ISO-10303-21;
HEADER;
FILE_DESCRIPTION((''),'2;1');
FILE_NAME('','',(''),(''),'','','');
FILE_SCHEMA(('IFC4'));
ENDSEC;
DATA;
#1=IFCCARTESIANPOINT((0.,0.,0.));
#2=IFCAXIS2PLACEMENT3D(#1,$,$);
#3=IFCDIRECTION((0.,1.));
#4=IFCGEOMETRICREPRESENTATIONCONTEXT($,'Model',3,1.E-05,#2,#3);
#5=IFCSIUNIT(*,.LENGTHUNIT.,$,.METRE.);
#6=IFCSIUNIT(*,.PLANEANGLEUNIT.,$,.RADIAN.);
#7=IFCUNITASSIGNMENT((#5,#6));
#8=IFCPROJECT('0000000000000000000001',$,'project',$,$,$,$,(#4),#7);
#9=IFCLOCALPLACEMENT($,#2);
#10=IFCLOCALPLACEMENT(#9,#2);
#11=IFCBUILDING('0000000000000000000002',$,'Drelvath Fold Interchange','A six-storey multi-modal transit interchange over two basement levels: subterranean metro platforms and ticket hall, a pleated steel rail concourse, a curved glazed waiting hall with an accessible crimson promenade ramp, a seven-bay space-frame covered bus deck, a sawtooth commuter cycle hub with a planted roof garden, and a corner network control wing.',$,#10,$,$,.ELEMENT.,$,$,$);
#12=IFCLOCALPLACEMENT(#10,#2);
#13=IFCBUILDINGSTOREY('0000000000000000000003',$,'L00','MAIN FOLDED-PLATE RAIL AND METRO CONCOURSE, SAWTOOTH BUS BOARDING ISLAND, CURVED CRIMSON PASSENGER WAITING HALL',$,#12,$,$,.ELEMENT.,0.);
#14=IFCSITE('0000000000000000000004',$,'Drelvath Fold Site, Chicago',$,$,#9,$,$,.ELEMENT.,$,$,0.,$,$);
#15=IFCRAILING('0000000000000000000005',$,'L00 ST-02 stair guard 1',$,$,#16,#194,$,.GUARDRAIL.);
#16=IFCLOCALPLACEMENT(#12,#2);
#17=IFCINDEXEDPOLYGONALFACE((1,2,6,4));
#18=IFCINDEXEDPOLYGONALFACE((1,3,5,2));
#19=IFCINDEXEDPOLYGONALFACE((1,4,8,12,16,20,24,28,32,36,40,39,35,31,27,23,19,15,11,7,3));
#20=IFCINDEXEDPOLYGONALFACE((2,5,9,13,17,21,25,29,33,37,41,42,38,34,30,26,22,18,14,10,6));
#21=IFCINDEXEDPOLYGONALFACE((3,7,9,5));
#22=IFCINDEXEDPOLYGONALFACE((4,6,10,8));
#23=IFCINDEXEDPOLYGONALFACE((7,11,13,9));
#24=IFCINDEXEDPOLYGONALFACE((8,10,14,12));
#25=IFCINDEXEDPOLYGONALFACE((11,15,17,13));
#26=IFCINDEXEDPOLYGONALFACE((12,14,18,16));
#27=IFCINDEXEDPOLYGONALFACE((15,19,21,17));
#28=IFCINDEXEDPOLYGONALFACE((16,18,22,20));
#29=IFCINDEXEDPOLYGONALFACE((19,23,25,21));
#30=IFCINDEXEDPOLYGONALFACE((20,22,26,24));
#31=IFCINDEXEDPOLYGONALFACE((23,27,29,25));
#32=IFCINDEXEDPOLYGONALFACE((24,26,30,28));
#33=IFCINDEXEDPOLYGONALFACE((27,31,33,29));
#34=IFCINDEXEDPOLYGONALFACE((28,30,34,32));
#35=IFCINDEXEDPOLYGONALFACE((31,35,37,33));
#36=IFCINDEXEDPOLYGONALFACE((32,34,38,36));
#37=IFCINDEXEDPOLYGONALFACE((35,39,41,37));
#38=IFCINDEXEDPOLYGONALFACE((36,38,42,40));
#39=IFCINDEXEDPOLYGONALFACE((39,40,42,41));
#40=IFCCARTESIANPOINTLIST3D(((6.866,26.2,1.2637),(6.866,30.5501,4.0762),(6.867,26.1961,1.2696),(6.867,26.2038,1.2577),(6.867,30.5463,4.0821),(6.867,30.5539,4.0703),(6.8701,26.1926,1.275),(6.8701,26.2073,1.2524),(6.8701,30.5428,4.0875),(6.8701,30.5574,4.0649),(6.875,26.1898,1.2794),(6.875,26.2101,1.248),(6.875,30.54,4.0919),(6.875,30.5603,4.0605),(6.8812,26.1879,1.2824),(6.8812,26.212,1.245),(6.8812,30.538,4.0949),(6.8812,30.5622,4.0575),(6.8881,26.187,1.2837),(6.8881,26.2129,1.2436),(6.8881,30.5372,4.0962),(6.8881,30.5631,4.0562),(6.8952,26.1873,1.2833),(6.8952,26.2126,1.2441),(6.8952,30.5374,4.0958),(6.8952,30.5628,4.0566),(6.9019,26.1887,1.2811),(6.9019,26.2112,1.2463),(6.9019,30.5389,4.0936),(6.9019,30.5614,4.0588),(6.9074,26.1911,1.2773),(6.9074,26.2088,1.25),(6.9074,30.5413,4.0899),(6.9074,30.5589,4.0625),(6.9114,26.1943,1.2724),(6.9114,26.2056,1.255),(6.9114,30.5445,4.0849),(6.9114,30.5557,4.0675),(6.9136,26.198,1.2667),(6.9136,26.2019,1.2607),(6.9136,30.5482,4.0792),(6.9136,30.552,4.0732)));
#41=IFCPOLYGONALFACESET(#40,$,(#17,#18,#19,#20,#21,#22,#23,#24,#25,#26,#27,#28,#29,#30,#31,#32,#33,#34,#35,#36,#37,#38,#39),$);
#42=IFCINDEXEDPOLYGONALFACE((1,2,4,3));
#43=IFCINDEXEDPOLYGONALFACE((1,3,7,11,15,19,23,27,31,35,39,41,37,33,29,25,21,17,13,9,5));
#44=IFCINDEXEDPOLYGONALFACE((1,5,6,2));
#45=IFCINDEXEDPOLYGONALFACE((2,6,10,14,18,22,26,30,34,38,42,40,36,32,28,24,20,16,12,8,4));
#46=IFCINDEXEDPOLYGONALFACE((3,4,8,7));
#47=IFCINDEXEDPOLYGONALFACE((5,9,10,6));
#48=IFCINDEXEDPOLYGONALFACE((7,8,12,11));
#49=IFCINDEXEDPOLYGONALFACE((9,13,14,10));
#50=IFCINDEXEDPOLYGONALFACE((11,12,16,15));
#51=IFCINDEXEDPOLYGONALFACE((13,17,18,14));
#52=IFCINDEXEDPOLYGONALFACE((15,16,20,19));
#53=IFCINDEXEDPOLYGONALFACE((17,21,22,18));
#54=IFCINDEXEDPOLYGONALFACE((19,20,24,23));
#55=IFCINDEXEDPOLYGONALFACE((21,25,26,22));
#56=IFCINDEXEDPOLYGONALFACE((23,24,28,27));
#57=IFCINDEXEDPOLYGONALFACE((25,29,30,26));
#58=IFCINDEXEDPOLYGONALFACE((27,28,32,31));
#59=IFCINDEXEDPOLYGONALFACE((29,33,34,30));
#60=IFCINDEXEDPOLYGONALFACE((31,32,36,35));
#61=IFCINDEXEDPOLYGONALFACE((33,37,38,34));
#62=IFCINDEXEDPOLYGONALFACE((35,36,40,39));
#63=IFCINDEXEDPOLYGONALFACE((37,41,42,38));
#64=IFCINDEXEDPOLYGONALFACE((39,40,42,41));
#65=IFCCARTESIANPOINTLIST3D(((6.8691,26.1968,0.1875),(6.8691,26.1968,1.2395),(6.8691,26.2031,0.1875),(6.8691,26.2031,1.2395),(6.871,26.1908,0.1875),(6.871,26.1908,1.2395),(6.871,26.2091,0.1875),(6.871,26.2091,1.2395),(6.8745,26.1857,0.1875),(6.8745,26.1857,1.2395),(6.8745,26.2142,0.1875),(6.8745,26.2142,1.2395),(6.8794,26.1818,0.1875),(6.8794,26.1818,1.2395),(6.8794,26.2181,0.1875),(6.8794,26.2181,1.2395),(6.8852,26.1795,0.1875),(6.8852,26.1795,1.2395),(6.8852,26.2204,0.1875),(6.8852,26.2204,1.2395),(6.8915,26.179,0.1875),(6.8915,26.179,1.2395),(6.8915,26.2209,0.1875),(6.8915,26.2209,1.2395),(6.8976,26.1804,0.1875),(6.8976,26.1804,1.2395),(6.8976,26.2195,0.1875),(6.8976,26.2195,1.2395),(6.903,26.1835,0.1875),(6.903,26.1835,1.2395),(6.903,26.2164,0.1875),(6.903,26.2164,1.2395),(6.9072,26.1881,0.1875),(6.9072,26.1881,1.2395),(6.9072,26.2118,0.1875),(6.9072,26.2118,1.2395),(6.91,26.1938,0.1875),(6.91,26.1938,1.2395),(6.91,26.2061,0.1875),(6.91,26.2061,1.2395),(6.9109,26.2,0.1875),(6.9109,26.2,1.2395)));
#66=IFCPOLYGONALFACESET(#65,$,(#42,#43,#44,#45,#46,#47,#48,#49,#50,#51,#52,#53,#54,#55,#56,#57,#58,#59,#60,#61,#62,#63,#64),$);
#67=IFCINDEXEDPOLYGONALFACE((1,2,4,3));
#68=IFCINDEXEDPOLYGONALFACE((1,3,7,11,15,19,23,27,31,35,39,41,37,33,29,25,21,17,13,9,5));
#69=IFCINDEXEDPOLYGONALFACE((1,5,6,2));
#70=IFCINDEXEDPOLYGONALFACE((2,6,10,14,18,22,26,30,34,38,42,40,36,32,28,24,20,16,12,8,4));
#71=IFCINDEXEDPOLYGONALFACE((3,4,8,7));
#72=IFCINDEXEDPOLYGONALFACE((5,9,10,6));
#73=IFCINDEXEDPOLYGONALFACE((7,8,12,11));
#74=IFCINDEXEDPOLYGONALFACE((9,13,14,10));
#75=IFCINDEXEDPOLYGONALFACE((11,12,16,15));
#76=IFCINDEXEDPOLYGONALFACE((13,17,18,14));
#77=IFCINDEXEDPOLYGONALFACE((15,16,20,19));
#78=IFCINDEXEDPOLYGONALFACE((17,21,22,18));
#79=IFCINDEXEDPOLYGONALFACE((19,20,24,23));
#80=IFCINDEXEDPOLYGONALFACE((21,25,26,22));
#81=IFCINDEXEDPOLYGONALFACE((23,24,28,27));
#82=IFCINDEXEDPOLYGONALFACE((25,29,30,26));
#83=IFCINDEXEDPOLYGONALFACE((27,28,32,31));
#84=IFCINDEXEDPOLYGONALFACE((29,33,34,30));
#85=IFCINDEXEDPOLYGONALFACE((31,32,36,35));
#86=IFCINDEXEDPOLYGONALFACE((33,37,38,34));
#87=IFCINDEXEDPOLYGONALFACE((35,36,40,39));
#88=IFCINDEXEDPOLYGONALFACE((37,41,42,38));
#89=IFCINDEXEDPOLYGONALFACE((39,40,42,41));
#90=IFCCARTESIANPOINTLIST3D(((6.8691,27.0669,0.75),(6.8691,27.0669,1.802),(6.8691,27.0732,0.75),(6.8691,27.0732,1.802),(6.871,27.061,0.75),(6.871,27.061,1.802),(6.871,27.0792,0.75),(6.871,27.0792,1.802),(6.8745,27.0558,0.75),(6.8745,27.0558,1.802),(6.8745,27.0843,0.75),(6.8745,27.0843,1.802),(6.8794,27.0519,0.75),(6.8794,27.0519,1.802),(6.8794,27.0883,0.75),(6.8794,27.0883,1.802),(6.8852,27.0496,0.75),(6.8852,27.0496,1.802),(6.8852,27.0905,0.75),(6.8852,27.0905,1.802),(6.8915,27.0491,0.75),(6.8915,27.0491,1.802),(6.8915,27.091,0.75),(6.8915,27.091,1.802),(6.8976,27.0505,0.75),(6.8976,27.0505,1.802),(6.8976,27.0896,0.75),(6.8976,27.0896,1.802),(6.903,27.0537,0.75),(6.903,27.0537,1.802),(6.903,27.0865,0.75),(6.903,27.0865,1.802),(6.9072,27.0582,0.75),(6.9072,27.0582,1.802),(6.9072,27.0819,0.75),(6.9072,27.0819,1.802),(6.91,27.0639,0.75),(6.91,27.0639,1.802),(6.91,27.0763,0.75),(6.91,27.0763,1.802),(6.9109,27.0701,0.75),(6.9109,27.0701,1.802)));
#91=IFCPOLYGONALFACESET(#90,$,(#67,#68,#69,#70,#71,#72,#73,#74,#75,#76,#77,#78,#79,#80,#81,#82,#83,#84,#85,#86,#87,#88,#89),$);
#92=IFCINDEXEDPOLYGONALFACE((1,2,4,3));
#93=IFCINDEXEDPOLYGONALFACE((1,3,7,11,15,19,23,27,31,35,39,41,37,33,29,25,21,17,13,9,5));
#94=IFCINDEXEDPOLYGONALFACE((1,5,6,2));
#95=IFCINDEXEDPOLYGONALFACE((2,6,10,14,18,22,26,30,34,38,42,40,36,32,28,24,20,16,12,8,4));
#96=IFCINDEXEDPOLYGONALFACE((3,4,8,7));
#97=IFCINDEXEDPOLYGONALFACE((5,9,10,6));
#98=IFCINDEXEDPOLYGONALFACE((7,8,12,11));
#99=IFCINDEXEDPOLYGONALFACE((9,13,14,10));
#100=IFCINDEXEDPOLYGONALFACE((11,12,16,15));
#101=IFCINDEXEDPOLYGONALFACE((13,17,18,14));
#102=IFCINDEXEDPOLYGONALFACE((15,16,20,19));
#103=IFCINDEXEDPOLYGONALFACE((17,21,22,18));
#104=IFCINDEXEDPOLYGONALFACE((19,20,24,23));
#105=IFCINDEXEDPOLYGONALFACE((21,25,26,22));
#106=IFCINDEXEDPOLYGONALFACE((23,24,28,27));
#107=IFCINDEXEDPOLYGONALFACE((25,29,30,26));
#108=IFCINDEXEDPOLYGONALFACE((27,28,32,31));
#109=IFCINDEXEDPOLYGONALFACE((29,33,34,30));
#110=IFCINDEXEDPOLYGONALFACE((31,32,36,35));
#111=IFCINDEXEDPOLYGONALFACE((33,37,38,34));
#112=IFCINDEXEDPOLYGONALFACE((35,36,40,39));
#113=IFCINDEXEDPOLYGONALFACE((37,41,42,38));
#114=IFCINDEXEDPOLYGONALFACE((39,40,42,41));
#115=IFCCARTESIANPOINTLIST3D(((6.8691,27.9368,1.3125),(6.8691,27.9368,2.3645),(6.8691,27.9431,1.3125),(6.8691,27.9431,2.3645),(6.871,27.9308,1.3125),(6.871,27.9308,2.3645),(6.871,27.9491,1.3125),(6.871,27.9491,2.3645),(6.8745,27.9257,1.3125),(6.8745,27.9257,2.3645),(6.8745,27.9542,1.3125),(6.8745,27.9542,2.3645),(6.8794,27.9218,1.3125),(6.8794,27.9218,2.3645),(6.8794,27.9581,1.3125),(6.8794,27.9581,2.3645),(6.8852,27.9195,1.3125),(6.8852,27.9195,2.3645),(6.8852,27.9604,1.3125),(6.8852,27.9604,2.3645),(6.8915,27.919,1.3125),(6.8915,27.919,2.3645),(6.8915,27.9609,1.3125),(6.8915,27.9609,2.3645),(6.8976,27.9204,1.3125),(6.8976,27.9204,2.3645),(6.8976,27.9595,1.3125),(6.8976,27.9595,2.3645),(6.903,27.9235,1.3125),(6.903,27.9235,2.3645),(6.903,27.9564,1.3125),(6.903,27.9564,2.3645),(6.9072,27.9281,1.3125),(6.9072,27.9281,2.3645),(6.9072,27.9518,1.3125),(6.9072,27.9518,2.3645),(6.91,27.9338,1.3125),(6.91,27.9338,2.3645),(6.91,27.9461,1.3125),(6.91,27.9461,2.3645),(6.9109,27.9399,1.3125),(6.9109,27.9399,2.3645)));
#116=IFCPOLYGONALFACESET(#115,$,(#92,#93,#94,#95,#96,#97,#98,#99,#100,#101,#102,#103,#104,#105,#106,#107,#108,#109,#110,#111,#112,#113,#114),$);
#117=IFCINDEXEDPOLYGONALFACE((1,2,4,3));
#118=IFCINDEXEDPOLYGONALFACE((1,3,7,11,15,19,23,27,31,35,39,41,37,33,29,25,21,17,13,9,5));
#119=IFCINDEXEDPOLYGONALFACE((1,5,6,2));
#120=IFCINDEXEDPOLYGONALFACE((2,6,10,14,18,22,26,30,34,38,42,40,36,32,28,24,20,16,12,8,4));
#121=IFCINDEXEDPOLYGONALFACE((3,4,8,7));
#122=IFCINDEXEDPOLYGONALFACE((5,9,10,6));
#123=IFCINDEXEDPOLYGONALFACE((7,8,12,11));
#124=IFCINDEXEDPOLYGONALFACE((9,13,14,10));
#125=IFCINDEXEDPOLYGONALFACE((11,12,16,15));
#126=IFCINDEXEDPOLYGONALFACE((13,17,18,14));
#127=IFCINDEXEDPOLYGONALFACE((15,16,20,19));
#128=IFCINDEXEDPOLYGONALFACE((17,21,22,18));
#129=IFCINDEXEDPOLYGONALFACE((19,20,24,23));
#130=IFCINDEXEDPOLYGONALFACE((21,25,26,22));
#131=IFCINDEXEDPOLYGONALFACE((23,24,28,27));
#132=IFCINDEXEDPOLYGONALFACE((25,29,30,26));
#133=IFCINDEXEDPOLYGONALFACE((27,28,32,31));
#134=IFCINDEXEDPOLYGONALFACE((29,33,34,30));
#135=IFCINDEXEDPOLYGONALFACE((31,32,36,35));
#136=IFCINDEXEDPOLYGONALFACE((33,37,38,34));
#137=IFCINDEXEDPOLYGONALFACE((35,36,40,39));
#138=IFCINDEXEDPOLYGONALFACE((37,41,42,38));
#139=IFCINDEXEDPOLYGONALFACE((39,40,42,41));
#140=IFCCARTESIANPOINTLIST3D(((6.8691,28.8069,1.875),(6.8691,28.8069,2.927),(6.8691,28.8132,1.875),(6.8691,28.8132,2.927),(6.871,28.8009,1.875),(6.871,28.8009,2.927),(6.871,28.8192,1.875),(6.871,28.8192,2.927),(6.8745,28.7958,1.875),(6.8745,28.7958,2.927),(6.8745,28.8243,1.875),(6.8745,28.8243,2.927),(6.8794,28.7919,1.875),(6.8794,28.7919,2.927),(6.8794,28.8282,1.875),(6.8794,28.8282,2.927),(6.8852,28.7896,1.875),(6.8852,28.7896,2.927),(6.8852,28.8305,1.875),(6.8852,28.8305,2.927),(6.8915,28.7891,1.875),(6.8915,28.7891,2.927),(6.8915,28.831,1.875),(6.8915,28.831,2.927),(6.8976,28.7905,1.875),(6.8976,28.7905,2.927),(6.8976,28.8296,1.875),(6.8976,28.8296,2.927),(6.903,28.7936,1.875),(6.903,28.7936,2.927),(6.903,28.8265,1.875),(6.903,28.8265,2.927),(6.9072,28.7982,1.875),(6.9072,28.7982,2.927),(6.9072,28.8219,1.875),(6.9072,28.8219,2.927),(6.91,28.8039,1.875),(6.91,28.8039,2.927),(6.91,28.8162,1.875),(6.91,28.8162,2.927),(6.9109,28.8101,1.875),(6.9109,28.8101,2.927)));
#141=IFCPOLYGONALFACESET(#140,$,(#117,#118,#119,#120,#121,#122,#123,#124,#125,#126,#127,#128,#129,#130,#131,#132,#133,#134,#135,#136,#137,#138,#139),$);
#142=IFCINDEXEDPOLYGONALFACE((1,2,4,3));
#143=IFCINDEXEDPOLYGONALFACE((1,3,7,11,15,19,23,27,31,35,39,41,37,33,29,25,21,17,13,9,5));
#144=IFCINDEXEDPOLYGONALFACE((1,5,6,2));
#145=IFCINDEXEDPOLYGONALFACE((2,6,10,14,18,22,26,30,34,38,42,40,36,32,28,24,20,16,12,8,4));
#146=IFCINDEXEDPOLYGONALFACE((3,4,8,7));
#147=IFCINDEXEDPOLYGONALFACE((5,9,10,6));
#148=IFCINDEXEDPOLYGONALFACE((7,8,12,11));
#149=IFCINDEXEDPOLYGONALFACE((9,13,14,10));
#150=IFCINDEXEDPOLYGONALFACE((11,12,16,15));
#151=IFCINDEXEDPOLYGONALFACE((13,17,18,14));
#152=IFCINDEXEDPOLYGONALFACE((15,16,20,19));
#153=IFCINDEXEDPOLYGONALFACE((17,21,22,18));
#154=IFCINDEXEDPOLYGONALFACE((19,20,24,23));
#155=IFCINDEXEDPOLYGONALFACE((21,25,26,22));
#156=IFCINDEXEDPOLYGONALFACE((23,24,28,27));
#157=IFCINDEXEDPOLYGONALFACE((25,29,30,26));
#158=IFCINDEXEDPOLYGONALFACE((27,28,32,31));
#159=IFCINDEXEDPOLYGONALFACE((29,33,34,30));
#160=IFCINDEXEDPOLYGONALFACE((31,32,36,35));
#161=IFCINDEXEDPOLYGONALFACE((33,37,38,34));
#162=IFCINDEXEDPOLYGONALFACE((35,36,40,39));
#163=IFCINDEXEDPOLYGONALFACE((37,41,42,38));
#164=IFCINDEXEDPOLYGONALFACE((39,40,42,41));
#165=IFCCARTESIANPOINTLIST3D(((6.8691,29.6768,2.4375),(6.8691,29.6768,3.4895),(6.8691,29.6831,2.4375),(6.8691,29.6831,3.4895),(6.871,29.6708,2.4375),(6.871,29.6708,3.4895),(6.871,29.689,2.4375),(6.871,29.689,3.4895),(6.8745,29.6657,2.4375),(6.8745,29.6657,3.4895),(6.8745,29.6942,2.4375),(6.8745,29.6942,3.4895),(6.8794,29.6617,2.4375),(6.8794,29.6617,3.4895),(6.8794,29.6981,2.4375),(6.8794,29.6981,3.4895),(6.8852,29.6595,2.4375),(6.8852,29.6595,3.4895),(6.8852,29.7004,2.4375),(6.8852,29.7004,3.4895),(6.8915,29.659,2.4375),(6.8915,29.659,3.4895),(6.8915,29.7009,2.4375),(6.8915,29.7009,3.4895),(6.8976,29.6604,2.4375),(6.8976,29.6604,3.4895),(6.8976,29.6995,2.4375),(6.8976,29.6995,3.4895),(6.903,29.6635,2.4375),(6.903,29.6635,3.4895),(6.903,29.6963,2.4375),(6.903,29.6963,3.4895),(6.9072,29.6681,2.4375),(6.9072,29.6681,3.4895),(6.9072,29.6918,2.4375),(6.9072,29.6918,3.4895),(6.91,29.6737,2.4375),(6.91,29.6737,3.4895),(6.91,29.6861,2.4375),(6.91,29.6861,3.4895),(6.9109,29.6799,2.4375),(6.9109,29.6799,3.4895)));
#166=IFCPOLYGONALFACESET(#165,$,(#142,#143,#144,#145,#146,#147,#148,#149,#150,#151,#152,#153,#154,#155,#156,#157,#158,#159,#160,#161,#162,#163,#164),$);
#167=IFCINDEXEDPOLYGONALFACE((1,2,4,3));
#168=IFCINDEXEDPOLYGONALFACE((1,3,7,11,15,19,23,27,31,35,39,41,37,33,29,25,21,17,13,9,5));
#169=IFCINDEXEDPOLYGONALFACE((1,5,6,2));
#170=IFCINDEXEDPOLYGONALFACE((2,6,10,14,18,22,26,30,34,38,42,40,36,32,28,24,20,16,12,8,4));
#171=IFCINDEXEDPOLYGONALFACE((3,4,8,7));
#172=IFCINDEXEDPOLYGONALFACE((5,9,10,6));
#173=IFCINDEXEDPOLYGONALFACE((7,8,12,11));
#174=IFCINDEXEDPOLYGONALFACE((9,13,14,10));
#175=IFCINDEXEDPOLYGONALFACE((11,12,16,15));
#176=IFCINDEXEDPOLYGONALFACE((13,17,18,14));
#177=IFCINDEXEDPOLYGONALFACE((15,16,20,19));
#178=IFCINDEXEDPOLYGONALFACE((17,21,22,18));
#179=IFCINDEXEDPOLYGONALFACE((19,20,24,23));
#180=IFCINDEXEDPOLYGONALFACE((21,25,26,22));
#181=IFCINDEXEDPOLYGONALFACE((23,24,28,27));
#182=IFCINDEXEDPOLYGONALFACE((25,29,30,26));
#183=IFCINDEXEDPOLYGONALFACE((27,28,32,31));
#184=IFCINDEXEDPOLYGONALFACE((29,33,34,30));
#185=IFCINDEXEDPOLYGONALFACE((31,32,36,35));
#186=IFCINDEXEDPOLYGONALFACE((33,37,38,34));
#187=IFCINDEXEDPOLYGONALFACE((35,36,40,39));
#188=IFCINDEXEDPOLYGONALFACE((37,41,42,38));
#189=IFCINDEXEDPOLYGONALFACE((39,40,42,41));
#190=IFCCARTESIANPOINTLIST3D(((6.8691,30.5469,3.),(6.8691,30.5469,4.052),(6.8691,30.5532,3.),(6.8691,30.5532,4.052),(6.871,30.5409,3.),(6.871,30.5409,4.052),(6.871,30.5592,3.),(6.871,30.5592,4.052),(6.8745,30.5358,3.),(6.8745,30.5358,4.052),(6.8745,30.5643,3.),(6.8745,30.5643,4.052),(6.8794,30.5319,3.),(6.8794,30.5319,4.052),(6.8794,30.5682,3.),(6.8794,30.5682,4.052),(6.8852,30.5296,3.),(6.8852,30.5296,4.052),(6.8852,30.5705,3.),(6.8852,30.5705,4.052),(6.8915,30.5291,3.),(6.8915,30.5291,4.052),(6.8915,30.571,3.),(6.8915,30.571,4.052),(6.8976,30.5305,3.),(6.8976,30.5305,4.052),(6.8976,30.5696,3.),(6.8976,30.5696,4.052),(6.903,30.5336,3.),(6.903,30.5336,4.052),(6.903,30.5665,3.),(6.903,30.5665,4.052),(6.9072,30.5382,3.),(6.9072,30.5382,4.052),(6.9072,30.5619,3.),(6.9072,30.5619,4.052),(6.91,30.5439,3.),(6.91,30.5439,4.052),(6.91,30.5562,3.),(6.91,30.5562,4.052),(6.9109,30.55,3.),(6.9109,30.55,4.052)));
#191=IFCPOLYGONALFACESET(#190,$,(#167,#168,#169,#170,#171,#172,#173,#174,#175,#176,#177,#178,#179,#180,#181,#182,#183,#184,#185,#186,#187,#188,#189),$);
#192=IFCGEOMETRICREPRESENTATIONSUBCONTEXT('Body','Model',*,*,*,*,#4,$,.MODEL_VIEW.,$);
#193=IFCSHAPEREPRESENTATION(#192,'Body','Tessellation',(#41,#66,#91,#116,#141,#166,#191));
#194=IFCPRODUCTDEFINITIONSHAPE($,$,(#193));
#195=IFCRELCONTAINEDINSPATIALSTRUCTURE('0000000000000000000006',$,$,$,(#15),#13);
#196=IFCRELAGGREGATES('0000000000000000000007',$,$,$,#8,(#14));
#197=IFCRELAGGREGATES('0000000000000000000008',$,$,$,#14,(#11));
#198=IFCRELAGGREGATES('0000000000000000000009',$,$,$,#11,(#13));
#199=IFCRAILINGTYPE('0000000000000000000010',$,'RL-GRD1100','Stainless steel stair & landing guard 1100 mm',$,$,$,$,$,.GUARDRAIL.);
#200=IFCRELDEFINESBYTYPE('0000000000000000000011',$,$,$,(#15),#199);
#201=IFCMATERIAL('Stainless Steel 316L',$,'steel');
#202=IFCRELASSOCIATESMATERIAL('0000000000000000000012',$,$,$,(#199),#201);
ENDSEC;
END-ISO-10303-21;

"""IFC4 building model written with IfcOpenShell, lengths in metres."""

from ifc_helpers import new_model, si_unit, direction, frame, origin, origin_2d, place, context, subcontext, project, spatial, circle, extrude, material, type_object, element, save


model = new_model("IFC4")

# Units and contexts
model_context = context("Model", 3, precision=1e-05, world=origin(), true_north=direction((0.0, 1.0)))
body_context = subcontext(model_context, "Body", "Model", "MODEL_VIEW")
ifc_project = project(units=[si_unit("LENGTHUNIT", "METRE"), si_unit("PLANEANGLEUNIT", "RADIAN")], contexts=[model_context])

# Site, building, storey
site_placement = place(None, origin())
site = spatial("IfcSite", under=ifc_project, at=site_placement, Name="Drelvath Fold Site, Chicago", CompositionType="ELEMENT", RefElevation=0.0)
building_placement = place(site_placement, origin())
building = spatial("IfcBuilding", under=site, at=building_placement, Name="Drelvath Fold Interchange", Description="A six-storey multi-modal transit interchange over two basement levels: subterranean metro platforms and ticket hall, a pleated steel rail concourse, a curved glazed waiting hall with an accessible crimson promenade ramp, a seven-bay space-frame covered bus deck, a sawtooth commuter cycle hub with a planted roof garden, and a corner network control wing.", CompositionType="ELEMENT")
storey_placement = place(building_placement, origin())
storey = spatial("IfcBuildingStorey", under=building, at=storey_placement, Name="L00", Description="MAIN FOLDED-PLATE RAIL AND METRO CONCOURSE, SAWTOOTH BUS BOARDING ISLAND, CURVED CRIMSON PASSENGER WAITING HALL", CompositionType="ELEMENT", Elevation=0.0)

# Railing
ifc_material_1 = material(Name="Stainless Steel 316L", Category="steel")
railing_type_1 = type_object("IfcRailingType", Name="RL-GRD1100", Description="Stainless steel stair & landing guard 1100 mm", PredefinedType="GUARDRAIL", material=ifc_material_1)
railing_1_placement = place(storey_placement, frame((6.8899, 26.2, 0.1875)))
element("IfcRailing", 1, at=railing_1_placement, inside=storey, type_object=railing_type_1, Name="L00 ST-02 stair guard 1", PredefinedType="GUARDRAIL", context=body_context, shape_type="SweptSolid", body=[
    extrude(circle(Radius=0.0239, at=origin_2d()), frame((0.0, 0.0, 1.0762), z_axis=(0.0, 0.83977, 0.542942), x_axis=(-1.0, 0.0, 0.0)), (0.0, 0.0, 1.0), 5.1802),
    extrude(circle(Radius=0.021, at=origin_2d()), origin(), (0.0, 0.0, 1.0), 1.052),
    extrude(circle(Radius=0.021, at=origin_2d()), frame((0.0, 0.8701, 0.5625)), (0.0, 0.0, 1.0), 1.052),
    extrude(circle(Radius=0.021, at=origin_2d()), frame((0.0, 1.74, 1.125)), (0.0, 0.0, 1.0), 1.052),
    extrude(circle(Radius=0.021, at=origin_2d()), frame((0.0, 2.6101, 1.6875)), (0.0, 0.0, 1.0), 1.052),
    extrude(circle(Radius=0.021, at=origin_2d()), frame((0.0, 3.48, 2.25)), (0.0, 0.0, 1.0), 1.052),
    extrude(circle(Radius=0.021, at=origin_2d()), frame((0.0, 4.3501, 2.8125)), (0.0, 0.0, 1.0), 1.052),
])

save(model, "model.ifc")
